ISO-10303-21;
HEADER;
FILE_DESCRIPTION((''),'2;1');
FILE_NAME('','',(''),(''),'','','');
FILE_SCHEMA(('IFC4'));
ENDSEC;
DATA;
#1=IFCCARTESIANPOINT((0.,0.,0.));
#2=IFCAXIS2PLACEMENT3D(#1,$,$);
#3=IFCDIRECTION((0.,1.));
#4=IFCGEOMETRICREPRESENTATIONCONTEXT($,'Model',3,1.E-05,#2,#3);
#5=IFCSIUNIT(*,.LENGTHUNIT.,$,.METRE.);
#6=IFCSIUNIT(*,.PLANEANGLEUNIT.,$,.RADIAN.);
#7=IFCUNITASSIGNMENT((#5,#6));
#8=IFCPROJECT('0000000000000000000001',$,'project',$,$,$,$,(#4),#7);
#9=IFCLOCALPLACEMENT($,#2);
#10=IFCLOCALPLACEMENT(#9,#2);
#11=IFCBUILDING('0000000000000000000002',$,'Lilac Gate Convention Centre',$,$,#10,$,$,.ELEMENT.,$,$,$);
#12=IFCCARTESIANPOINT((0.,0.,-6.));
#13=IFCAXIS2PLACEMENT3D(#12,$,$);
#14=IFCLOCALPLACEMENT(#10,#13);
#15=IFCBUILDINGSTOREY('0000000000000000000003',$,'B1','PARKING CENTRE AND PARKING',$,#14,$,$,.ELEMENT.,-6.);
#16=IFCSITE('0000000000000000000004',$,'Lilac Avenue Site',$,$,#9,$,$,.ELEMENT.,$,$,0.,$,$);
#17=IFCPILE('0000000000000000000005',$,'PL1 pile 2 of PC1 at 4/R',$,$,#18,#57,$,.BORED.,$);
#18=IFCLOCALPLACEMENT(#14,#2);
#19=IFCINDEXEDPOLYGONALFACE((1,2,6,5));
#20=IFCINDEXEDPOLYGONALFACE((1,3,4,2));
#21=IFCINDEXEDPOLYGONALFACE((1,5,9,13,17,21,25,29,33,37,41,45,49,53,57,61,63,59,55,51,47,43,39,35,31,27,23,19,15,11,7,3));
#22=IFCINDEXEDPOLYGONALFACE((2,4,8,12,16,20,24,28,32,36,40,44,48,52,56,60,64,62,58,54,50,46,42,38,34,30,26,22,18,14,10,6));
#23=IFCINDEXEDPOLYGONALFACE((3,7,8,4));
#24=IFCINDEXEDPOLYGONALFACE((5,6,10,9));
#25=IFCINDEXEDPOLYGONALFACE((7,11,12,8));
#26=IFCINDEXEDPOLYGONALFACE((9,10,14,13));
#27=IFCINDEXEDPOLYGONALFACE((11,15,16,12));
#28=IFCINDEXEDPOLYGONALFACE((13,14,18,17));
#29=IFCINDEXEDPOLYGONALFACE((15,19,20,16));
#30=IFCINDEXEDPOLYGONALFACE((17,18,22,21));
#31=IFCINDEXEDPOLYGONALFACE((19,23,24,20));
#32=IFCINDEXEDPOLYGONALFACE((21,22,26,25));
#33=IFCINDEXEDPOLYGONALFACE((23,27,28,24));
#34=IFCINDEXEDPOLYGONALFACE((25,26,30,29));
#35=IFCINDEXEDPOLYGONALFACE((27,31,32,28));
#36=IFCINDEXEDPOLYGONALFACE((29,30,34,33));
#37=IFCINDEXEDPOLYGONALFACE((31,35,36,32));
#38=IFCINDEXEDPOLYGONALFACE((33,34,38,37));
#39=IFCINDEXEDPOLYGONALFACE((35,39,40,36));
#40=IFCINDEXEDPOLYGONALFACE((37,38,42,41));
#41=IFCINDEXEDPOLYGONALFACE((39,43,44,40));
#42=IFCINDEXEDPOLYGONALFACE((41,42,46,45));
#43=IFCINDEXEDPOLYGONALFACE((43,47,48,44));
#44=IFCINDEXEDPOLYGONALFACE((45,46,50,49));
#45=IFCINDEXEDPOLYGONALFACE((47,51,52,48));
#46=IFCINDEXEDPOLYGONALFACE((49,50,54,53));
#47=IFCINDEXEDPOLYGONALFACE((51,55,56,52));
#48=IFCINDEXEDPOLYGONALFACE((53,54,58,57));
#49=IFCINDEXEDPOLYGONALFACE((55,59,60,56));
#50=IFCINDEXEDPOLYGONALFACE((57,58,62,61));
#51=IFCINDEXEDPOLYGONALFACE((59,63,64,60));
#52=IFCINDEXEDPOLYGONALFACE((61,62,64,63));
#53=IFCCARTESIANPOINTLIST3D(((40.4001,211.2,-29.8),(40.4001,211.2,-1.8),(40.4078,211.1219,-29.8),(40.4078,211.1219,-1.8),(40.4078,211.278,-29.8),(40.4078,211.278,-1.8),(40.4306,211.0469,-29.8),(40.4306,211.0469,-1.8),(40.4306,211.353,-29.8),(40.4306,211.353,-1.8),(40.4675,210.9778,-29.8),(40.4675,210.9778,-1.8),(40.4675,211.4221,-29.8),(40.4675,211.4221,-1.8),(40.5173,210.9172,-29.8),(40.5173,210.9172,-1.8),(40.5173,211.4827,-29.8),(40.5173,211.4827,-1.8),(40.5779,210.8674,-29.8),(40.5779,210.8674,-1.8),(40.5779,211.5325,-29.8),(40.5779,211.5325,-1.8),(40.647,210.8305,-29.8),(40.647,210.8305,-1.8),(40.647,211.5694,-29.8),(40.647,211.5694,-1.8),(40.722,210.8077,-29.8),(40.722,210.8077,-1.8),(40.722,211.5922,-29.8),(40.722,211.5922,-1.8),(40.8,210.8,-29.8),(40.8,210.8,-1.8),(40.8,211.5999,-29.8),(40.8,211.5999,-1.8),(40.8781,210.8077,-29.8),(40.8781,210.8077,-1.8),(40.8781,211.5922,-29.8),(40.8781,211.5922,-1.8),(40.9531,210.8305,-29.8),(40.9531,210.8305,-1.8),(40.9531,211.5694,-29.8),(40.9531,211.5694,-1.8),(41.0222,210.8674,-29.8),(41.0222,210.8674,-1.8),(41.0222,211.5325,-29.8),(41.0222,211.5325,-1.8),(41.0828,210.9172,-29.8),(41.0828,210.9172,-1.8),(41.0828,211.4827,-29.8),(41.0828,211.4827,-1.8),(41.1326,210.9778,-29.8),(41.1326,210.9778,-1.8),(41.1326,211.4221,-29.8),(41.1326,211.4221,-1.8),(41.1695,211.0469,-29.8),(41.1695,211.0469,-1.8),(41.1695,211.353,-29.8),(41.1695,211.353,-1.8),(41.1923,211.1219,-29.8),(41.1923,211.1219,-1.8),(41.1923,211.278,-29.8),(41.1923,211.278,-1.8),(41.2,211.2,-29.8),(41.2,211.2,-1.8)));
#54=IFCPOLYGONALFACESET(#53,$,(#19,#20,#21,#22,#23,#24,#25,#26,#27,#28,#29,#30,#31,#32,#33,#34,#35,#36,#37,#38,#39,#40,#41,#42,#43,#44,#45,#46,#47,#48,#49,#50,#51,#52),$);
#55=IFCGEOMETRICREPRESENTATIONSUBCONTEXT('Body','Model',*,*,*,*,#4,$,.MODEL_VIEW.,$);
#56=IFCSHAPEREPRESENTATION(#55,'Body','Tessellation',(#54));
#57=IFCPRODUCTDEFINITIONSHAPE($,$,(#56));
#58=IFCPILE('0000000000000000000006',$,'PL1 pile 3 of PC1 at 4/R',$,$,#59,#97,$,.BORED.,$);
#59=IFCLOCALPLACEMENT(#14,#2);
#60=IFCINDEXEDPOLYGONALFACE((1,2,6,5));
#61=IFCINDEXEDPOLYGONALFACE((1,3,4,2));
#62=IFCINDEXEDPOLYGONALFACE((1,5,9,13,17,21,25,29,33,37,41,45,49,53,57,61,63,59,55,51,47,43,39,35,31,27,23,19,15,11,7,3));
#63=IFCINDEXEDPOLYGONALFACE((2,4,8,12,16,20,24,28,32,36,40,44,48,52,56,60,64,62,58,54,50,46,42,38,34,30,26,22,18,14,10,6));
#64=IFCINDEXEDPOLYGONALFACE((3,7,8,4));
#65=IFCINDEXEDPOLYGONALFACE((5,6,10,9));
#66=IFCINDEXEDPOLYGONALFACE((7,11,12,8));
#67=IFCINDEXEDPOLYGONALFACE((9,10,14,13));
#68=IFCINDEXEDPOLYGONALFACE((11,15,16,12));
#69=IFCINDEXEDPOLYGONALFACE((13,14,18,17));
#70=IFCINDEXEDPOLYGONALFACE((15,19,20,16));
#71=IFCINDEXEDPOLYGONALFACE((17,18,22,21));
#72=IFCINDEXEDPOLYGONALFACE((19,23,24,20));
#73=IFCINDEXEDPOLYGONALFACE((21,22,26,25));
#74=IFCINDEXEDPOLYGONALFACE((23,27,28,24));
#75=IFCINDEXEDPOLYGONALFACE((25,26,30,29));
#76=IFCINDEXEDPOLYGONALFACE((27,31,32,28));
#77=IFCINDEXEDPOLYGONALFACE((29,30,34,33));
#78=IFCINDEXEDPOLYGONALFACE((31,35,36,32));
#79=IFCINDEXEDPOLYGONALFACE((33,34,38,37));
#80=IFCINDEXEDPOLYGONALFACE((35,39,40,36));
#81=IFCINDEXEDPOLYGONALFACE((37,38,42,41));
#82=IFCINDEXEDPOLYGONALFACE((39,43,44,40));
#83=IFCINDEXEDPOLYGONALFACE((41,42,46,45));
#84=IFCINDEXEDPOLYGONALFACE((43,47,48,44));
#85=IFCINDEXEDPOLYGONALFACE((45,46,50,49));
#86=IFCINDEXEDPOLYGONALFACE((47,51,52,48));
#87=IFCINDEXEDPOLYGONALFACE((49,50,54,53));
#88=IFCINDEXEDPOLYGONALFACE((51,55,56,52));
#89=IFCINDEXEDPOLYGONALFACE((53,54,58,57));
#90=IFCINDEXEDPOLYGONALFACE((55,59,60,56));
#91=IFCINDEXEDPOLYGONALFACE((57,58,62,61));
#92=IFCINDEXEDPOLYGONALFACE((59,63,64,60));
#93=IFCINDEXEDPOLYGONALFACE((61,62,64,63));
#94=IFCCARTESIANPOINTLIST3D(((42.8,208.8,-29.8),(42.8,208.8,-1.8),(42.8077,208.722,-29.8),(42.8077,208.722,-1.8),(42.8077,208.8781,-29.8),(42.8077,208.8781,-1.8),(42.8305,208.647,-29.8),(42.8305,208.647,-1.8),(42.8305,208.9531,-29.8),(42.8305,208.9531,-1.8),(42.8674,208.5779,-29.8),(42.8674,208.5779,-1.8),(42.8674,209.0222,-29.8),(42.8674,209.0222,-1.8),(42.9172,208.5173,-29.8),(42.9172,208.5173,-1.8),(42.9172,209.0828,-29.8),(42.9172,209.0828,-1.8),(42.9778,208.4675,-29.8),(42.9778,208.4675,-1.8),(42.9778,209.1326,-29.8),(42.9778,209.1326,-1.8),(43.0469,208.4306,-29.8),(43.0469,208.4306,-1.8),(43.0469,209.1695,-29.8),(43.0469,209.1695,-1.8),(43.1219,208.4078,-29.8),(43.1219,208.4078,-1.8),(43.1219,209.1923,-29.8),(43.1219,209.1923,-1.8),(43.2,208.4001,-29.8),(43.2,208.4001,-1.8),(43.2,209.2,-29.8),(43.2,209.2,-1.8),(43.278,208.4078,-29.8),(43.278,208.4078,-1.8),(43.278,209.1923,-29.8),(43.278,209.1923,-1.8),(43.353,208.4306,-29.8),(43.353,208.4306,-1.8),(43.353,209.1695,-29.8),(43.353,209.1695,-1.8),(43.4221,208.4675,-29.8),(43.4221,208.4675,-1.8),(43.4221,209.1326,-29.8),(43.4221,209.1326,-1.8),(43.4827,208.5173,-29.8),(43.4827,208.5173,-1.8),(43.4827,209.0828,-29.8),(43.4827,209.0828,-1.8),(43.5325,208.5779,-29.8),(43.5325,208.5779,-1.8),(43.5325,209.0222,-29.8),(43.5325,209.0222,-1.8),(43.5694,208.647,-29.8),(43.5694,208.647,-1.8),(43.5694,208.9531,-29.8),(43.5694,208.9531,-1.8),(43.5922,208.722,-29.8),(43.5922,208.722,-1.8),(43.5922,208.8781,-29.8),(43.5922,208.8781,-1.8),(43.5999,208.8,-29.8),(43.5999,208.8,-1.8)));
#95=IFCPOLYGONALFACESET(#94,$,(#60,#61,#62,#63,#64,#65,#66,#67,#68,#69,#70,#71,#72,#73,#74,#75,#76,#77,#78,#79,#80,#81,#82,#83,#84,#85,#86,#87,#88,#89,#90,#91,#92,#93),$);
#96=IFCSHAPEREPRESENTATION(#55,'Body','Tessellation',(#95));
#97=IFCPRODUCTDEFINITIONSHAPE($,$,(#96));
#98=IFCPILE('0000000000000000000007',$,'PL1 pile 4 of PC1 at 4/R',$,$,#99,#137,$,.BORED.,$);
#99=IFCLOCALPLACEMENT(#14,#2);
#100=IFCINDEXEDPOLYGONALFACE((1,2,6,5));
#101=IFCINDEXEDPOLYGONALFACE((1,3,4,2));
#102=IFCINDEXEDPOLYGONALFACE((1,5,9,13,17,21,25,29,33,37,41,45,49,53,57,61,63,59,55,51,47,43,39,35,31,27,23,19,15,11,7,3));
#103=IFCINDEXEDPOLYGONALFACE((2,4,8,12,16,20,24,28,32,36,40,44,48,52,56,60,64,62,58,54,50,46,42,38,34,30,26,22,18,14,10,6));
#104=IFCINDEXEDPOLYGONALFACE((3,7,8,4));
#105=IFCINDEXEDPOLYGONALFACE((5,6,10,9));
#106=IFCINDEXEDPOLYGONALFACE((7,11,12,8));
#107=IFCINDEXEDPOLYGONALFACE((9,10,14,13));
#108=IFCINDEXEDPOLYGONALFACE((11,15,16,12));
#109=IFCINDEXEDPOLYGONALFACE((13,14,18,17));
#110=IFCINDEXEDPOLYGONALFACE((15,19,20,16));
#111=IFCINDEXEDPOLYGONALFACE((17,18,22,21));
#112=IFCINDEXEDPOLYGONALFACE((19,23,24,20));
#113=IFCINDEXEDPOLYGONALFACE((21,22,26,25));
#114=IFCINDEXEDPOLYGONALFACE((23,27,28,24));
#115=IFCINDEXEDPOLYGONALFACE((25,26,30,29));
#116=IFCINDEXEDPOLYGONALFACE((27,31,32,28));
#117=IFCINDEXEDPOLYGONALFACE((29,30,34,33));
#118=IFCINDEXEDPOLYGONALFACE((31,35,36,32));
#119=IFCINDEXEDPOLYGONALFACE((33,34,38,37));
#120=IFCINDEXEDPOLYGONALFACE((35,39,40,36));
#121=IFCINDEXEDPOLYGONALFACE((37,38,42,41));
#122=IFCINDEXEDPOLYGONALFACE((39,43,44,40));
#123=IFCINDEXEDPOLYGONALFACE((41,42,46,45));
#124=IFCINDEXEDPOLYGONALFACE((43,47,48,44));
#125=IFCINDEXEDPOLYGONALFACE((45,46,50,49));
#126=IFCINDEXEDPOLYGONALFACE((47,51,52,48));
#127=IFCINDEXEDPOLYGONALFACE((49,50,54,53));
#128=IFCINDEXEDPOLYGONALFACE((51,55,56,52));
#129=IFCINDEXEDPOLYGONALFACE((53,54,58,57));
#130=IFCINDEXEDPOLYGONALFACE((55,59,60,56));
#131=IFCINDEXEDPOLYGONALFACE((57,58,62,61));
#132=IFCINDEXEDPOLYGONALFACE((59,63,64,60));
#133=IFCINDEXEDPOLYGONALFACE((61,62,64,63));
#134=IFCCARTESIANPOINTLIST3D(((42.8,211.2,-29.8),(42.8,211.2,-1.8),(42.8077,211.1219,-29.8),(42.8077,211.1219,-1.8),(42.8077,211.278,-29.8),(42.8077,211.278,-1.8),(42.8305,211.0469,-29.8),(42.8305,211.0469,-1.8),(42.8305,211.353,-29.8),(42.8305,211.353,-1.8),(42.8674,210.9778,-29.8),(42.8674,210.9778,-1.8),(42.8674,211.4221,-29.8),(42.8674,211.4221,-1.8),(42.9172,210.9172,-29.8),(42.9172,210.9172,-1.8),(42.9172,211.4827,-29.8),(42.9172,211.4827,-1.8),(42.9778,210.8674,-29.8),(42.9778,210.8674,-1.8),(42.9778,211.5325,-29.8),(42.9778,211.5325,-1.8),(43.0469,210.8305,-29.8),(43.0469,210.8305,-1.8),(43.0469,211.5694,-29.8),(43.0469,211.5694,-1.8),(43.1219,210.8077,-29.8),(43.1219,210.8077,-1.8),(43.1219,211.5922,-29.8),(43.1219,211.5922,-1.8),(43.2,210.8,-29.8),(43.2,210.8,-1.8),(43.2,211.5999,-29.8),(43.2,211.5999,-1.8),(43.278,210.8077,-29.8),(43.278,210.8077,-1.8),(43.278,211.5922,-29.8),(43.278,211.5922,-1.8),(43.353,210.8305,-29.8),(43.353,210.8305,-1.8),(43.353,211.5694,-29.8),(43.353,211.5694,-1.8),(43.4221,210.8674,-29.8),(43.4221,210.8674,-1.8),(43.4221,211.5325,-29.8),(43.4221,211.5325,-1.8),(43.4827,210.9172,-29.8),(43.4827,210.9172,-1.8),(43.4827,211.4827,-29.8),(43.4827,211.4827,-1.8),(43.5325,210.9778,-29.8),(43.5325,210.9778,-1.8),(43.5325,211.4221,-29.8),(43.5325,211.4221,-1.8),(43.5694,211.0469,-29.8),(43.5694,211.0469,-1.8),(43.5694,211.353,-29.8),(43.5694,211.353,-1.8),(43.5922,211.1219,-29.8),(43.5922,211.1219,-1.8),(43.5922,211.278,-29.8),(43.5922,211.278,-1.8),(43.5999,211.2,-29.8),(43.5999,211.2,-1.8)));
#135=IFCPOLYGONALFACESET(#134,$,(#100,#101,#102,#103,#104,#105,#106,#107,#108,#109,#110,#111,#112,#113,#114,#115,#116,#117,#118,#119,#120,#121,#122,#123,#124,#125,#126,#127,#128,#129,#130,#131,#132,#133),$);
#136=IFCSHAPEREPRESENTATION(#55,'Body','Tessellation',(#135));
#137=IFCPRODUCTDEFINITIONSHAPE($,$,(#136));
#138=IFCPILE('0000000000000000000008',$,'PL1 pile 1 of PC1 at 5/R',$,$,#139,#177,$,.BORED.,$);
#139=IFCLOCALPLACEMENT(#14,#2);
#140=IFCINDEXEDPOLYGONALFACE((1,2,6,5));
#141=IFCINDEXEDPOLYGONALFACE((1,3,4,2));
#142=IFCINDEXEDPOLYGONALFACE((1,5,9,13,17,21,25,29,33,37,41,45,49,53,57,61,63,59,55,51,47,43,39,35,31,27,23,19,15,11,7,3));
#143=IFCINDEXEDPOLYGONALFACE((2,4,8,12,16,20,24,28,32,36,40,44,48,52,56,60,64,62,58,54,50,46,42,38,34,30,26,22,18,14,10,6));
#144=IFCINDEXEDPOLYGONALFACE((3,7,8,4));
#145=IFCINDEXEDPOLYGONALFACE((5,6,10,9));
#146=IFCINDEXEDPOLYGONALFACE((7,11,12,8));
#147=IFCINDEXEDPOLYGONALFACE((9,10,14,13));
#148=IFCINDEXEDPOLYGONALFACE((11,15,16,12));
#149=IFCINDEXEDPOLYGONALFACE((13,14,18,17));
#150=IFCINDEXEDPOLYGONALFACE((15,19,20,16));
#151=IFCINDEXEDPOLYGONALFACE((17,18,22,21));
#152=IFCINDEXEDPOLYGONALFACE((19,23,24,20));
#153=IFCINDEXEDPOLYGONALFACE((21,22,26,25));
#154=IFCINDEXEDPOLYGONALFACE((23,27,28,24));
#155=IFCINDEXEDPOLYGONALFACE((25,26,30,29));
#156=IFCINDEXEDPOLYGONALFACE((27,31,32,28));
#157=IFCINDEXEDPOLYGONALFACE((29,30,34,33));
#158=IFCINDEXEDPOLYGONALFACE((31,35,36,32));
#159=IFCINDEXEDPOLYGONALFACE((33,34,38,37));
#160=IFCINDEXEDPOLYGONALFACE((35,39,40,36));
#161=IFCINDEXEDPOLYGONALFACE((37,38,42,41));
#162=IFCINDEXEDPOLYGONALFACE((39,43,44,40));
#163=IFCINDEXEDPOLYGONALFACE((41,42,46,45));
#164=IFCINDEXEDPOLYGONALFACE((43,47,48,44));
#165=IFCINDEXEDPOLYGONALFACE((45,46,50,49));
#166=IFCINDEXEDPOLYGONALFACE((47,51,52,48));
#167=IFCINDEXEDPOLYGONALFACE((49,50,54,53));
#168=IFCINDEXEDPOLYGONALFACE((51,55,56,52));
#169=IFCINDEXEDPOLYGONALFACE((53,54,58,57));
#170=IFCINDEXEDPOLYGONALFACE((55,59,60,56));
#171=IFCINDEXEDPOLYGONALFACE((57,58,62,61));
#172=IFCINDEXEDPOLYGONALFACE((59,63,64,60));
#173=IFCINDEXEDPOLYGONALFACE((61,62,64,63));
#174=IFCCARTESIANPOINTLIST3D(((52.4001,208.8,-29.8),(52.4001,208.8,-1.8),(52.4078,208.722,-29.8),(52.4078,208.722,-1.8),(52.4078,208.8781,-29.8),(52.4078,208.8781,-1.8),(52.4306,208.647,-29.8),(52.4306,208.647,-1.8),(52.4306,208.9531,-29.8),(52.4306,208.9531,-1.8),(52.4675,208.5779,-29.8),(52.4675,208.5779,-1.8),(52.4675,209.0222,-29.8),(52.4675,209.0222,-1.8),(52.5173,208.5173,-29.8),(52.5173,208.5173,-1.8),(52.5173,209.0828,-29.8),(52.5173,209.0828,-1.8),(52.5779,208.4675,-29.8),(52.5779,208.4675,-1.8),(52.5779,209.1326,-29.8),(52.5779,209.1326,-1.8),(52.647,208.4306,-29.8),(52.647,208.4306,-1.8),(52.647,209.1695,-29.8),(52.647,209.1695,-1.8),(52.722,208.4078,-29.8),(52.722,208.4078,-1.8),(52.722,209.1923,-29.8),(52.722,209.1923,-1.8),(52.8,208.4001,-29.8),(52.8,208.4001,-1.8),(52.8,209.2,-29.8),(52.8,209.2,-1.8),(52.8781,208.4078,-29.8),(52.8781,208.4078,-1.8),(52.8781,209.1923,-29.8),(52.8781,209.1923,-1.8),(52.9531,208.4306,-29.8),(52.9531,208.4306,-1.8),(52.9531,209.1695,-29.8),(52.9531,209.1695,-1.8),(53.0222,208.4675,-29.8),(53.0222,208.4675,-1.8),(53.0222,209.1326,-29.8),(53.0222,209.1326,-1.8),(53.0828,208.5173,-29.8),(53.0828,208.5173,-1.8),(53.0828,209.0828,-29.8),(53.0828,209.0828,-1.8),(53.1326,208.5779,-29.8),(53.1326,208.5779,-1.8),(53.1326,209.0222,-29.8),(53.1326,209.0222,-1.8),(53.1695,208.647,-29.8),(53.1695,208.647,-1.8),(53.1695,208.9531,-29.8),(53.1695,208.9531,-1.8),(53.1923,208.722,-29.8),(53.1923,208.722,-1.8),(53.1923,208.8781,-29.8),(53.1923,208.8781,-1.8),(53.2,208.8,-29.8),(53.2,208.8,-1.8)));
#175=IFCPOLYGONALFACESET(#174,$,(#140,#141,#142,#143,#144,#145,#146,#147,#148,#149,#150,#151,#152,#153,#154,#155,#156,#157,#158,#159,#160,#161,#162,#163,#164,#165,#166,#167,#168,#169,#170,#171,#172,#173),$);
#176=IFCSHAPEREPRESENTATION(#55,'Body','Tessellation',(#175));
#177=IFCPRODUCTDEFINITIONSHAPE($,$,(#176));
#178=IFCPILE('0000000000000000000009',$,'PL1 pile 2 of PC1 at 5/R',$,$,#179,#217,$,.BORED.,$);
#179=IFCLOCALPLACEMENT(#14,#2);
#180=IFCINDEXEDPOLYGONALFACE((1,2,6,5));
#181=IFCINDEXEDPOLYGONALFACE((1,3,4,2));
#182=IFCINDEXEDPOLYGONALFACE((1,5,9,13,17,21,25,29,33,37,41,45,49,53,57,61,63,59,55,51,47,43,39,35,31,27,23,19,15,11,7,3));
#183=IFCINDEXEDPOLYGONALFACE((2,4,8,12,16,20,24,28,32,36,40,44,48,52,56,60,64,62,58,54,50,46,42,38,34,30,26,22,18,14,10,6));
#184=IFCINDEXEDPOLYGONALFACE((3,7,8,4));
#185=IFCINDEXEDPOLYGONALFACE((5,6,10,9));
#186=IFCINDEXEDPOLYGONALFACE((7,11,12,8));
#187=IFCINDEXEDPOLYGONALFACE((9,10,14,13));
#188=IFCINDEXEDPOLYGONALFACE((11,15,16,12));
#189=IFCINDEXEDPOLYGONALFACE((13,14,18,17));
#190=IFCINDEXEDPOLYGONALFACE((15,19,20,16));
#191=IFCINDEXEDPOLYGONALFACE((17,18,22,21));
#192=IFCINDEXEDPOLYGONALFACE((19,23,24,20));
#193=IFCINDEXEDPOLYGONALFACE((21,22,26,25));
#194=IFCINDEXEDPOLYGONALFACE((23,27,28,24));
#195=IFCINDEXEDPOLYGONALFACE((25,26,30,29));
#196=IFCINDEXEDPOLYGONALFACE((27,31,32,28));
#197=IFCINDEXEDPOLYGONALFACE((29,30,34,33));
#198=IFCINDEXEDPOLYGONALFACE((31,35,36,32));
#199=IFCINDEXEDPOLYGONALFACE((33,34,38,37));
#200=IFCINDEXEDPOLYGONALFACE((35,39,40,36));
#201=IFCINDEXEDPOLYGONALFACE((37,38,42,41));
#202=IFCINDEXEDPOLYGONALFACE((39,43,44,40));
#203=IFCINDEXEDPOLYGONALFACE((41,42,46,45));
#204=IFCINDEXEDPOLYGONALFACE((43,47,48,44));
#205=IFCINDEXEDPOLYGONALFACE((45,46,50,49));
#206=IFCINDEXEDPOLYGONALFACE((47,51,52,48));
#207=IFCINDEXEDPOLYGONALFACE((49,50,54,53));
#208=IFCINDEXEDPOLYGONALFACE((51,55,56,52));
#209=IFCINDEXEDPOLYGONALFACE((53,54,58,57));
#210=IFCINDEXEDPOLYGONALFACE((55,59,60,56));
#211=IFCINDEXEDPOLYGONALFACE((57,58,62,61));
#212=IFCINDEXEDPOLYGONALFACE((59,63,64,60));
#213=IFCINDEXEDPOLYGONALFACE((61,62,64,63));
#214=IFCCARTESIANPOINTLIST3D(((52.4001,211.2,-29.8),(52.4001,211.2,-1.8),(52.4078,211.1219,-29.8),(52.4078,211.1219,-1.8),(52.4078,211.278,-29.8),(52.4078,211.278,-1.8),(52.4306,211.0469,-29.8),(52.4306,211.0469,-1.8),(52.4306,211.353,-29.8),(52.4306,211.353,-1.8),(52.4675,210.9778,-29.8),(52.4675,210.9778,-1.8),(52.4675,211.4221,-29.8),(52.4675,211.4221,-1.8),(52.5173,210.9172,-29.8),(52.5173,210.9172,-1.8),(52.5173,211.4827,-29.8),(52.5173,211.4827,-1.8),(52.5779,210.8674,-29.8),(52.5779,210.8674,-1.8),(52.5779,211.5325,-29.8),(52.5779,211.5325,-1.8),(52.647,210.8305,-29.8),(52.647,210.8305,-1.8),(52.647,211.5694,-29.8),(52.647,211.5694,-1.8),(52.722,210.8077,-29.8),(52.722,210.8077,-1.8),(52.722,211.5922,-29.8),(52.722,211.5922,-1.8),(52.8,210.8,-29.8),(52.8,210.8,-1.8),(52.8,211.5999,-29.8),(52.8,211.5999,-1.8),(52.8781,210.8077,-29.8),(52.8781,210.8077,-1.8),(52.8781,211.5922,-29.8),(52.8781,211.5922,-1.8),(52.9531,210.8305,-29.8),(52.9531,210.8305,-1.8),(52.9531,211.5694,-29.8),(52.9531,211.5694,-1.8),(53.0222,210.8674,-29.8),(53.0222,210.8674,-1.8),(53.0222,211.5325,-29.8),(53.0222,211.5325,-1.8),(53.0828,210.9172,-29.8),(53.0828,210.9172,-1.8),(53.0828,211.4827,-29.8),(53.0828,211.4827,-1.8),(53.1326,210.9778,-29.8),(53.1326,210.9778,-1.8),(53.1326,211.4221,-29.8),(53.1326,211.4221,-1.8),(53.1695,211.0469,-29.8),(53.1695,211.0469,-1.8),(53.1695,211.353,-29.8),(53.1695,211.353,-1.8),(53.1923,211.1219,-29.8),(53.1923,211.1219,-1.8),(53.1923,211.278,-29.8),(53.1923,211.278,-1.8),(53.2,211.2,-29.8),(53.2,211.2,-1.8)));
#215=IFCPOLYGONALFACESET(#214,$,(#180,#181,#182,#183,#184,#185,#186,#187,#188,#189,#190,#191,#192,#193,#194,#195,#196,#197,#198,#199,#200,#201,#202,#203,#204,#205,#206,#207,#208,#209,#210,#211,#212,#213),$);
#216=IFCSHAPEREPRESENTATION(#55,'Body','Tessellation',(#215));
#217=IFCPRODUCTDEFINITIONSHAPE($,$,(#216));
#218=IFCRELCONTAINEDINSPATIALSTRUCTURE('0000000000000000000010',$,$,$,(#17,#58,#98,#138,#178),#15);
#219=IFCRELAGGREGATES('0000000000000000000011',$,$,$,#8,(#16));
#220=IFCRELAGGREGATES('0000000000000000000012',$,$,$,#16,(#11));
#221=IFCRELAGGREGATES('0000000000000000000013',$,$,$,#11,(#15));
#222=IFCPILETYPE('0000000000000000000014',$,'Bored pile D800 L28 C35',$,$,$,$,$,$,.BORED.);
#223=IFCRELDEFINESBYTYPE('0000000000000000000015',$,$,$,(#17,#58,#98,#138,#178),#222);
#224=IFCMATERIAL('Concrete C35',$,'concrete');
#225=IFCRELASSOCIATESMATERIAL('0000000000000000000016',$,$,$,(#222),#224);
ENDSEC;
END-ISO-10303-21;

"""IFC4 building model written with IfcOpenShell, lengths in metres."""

from ifc_helpers import new_model, si_unit, direction, frame, origin, origin_2d, place, context, subcontext, project, spatial, circle, extrude, material, material_profile, profile_set, type_object, element, save


model = new_model("IFC4")

# Units and contexts
model_context = context("Model", 3, precision=1e-05, world=origin(), true_north=direction((0.0, 1.0)))
body_context = subcontext(model_context, "Body", "Model", "MODEL_VIEW")
ifc_project = project(units=[si_unit("LENGTHUNIT", "METRE"), si_unit("PLANEANGLEUNIT", "RADIAN")], contexts=[model_context])

# Site, building, storey
site_placement = place(None, origin())
site = spatial("IfcSite", under=ifc_project, at=site_placement, Name="Lilac Avenue Site", CompositionType="ELEMENT", RefElevation=0.0)
building_placement = place(site_placement, origin())
building = spatial("IfcBuilding", under=site, at=building_placement, Name="Lilac Gate Convention Centre", CompositionType="ELEMENT")
storey_placement = place(building_placement, frame((0.0, 0.0, -6.0)))
storey = spatial("IfcBuildingStorey", under=building, at=storey_placement, Name="B1", Description="PARKING CENTRE AND PARKING", CompositionType="ELEMENT", Elevation=-6.0)

# Piles
ifc_material_1 = material(Name="Concrete C35", Category="concrete")
ifc_material_profile_1 = material_profile(ifc_material_1, circle(Radius=0.3999, at=origin_2d()), Name="D800")
ifc_profile_set_1 = profile_set([ifc_material_profile_1], Name="Concrete C35")
pile_type = type_object("IfcPileType", Name="Bored pile D800 L28 C35", PredefinedType="BORED", material=ifc_profile_set_1)
for number, where, z_axis, x_axis, name in (
    (1, (40.8, 211.2, -1.8), (0.0, 0.0, -1.0), (1.0, 0.0, 0.0), "PL1 pile 2 of PC1 at 4/R"),
    (2, (43.2, 208.8, -1.8), (0.0, 0.0, -1.0), (1.0, 0.0, 0.0), "PL1 pile 3 of PC1 at 4/R"),
    (3, (43.2, 211.2, -1.8), (0.0, 0.0, -1.0), (1.0, 0.0, 0.0), "PL1 pile 4 of PC1 at 4/R"),
    (4, (52.8, 208.8, -1.8), (0.0, 0.0, -1.0), (1.0, 0.0, 0.0), "PL1 pile 1 of PC1 at 5/R"),
    (5, (52.8, 211.2, -1.8), (0.0, 0.0, -1.0), (1.0, 0.0, 0.0), "PL1 pile 2 of PC1 at 5/R"),
):
    element("IfcPile", number, at=place(storey_placement, frame(where, z_axis=z_axis, x_axis=x_axis)), inside=storey, type_object=pile_type, Name=name, PredefinedType="BORED", context=body_context, shape_type="SweptSolid", body=[
        extrude(circle(Radius=0.3999, at=origin_2d()), origin(), (0.0, 0.0, 1.0), 28.0),
    ])

save(model, "model.ifc")
